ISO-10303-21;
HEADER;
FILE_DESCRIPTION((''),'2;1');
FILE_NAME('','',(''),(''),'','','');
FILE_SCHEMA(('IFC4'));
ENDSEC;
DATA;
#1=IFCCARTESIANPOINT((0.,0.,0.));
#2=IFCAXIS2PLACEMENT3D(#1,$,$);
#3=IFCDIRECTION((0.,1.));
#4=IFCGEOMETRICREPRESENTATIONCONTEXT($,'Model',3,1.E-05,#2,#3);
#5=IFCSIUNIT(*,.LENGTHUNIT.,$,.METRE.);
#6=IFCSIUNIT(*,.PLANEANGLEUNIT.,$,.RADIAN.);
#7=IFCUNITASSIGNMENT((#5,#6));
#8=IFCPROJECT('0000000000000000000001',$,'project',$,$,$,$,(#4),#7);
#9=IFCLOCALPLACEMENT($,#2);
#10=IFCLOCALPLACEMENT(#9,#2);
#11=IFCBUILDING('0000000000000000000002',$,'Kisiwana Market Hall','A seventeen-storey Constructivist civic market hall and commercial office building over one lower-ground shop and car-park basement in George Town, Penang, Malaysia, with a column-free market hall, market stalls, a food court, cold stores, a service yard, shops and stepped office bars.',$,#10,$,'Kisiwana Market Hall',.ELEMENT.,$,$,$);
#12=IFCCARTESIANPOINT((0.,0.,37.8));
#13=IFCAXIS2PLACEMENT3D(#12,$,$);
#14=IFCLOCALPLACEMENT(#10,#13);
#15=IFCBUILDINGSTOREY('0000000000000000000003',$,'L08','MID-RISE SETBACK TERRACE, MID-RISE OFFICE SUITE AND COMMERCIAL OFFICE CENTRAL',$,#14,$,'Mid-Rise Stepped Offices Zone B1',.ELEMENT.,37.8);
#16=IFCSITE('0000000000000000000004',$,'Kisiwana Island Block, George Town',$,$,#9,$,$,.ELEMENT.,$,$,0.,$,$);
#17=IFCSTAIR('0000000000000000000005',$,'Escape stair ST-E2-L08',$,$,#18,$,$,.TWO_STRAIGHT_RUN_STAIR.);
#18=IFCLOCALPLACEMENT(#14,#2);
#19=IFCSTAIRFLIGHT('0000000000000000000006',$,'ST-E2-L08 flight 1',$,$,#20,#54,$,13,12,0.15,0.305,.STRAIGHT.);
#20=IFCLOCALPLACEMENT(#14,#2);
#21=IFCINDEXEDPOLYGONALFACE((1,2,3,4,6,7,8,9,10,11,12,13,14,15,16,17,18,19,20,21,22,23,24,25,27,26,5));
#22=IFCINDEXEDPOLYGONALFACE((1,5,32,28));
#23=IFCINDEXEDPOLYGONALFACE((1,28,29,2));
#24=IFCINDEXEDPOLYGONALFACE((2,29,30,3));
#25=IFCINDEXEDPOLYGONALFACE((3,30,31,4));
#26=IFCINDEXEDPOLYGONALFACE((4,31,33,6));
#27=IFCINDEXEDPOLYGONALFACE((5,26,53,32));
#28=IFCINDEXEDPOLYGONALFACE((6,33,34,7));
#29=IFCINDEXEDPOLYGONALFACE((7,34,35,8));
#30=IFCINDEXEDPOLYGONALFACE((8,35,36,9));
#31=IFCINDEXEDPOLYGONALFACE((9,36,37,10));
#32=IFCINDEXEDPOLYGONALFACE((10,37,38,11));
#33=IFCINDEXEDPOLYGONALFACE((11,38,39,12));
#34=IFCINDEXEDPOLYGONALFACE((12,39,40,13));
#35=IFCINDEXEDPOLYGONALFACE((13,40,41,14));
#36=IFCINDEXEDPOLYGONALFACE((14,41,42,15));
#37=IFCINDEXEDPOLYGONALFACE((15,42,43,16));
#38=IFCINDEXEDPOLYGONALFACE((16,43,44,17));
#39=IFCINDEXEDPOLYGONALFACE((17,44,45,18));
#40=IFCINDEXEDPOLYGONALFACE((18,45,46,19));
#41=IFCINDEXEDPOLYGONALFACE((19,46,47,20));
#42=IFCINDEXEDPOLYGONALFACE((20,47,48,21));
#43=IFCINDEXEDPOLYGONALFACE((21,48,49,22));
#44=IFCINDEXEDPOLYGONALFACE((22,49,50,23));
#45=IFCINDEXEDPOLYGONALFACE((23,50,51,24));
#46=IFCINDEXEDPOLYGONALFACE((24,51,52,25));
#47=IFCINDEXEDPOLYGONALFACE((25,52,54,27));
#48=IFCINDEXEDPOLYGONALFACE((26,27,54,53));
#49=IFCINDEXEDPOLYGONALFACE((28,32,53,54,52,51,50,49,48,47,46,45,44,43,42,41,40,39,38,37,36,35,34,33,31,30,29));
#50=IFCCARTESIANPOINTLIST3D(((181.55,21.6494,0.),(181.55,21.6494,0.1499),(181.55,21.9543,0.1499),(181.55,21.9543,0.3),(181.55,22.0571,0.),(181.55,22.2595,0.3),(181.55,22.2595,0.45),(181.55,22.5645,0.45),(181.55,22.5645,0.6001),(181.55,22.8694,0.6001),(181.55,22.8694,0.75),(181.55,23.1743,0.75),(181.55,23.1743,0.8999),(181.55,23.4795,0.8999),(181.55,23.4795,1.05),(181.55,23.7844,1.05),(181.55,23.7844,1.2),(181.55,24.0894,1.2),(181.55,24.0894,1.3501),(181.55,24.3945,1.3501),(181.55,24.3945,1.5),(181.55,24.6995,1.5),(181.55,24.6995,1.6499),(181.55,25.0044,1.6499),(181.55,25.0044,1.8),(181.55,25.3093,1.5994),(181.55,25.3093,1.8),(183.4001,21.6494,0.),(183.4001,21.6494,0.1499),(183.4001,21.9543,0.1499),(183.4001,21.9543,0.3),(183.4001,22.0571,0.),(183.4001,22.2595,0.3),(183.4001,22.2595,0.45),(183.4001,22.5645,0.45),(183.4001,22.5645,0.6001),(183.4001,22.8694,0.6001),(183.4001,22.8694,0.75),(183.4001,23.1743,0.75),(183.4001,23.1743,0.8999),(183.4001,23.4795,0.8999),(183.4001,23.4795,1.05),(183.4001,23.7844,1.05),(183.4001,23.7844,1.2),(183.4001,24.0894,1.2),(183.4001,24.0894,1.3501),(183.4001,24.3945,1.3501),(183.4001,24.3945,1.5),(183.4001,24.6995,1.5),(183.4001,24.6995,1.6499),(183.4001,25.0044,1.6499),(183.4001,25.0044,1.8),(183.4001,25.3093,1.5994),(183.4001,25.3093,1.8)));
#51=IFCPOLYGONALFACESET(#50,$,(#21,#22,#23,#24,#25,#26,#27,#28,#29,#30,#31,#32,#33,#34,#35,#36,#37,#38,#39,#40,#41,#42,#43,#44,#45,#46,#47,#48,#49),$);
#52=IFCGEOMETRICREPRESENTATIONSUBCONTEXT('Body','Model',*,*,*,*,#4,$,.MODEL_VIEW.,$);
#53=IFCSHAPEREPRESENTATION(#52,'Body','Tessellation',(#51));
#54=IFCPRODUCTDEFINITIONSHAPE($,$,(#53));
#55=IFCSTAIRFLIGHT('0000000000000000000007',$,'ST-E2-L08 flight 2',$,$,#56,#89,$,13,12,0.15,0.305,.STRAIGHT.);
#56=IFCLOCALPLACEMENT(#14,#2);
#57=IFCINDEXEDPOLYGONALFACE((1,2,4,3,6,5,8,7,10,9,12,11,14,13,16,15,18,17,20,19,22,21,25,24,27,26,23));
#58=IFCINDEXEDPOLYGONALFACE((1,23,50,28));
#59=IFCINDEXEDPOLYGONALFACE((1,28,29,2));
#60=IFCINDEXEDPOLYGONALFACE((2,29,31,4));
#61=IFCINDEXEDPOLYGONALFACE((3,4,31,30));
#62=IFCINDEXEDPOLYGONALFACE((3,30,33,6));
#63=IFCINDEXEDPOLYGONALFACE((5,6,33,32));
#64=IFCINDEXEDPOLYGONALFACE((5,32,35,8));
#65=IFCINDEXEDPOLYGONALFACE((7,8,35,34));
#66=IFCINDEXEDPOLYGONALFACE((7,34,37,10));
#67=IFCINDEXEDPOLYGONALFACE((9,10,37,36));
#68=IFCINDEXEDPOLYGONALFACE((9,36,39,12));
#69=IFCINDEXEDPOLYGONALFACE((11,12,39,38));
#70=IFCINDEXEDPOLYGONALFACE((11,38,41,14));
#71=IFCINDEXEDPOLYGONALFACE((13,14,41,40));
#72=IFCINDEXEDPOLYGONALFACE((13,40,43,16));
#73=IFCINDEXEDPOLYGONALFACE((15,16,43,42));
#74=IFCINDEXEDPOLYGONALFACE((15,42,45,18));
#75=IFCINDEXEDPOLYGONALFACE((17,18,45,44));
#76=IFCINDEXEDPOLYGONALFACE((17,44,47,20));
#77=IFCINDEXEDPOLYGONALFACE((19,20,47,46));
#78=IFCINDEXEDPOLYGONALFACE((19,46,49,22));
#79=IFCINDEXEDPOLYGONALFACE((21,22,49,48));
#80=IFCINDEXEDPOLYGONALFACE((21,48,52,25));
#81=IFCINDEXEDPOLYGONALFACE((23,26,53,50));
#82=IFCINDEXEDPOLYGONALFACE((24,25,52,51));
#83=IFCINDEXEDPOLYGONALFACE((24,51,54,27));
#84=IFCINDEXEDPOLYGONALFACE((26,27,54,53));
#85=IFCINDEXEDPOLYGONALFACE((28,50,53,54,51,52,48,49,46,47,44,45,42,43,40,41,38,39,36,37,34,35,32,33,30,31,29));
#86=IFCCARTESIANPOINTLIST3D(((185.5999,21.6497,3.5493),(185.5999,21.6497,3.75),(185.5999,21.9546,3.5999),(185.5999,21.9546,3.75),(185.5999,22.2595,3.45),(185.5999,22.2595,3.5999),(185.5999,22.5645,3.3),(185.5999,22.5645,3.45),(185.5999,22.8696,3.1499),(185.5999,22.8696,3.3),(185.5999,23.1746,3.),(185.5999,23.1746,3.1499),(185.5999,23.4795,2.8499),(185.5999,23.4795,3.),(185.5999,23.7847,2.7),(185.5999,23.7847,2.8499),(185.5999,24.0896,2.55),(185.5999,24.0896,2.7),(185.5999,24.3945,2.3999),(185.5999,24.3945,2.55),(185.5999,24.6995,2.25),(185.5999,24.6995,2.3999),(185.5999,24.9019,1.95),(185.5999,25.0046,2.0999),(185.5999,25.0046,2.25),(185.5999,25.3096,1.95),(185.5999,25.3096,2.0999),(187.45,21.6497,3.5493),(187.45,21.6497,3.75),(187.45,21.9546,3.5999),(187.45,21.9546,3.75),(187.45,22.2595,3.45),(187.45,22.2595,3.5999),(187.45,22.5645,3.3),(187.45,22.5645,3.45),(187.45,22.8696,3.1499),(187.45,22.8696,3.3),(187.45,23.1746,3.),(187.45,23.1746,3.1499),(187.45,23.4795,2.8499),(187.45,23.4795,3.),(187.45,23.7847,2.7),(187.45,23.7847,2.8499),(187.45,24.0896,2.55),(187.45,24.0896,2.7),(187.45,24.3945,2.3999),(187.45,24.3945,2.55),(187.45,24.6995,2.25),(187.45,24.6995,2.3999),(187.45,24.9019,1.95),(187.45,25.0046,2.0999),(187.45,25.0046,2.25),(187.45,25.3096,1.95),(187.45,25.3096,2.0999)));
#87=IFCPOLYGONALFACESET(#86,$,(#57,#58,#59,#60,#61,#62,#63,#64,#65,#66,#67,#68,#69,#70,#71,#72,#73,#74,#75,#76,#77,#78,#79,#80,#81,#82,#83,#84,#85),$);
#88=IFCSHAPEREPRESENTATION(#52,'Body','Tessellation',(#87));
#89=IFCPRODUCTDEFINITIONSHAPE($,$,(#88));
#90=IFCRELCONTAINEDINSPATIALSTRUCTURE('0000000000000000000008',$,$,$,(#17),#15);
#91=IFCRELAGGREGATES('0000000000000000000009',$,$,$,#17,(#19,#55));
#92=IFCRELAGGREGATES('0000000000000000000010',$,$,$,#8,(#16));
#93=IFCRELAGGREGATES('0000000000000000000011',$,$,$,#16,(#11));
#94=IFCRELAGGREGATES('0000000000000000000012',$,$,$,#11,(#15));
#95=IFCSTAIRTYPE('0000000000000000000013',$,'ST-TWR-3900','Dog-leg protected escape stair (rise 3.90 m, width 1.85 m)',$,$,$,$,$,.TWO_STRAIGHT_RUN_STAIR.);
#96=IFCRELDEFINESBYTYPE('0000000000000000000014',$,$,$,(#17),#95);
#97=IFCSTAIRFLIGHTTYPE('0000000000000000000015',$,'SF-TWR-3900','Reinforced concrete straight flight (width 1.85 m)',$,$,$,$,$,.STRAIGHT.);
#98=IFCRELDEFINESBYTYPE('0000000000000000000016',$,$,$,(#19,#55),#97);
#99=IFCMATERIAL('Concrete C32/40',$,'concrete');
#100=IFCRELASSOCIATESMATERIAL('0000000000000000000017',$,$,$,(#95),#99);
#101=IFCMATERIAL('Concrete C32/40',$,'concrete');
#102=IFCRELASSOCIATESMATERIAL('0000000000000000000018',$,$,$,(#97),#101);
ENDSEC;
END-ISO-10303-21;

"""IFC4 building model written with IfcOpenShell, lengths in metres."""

from ifc_helpers import new_model, si_unit, direction, frame, origin, place, context, subcontext, project, spatial, polyline, outline, extrude, material, type_object, element, aggregate, save


model = new_model("IFC4")

# Units and contexts
model_context = context("Model", 3, precision=1e-05, world=origin(), true_north=direction((0.0, 1.0)))
body_context = subcontext(model_context, "Body", "Model", "MODEL_VIEW")
ifc_project = project(units=[si_unit("LENGTHUNIT", "METRE"), si_unit("PLANEANGLEUNIT", "RADIAN")], contexts=[model_context])

# Site, building, storey
site_placement = place(None, origin())
site = spatial("IfcSite", under=ifc_project, at=site_placement, Name="Kisiwana Island Block, George Town", CompositionType="ELEMENT", RefElevation=0.0)
building_placement = place(site_placement, origin())
building = spatial("IfcBuilding", under=site, at=building_placement, Name="Kisiwana Market Hall", Description="A seventeen-storey Constructivist civic market hall and commercial office building over one lower-ground shop and car-park basement in George Town, Penang, Malaysia, with a column-free market hall, market stalls, a food court, cold stores, a service yard, shops and stepped office bars.", LongName="Kisiwana Market Hall", CompositionType="ELEMENT")
storey_placement = place(building_placement, frame((0.0, 0.0, 37.8)))
storey = spatial("IfcBuildingStorey", under=building, at=storey_placement, Name="L08", Description="MID-RISE SETBACK TERRACE, MID-RISE OFFICE SUITE AND COMMERCIAL OFFICE CENTRAL", LongName="Mid-Rise Stepped Offices Zone B1", CompositionType="ELEMENT", Elevation=37.8)

# Stair, stair flights
ifc_material_1 = material(Name="Concrete C32/40", Category="concrete")
stair_type = type_object("IfcStairType", Name="ST-TWR-3900", Description="Dog-leg protected escape stair (rise 3.90 m, width 1.85 m)", PredefinedType="TWO_STRAIGHT_RUN_STAIR", material=ifc_material_1)
stair_placement = place(storey_placement, origin())
stair = element("IfcStair", 1, at=stair_placement, inside=storey, type_object=stair_type, Name="Escape stair ST-E2-L08", PredefinedType="TWO_STRAIGHT_RUN_STAIR")
ifc_material_2 = material(Name="Concrete C32/40", Category="concrete")
stair_flight_type = type_object("IfcStairFlightType", Name="SF-TWR-3900", Description="Reinforced concrete straight flight (width 1.85 m)", PredefinedType="STRAIGHT", material=ifc_material_2)
stair_flight_1_placement = place(storey_placement, frame((182.4751, 21.6494, 0.0), z_axis=(0.0, 0.0, 1.0), x_axis=(0.0, 1.0, 0.0)))
stair_flight_1 = element("IfcStairFlight", 2, at=stair_flight_1_placement, type_object=stair_flight_type, Name="ST-E2-L08 flight 1", NumberOfRisers=13, NumberOfTreads=12, PredefinedType="STRAIGHT", RiserHeight=0.15, TreadLength=0.305, context=body_context, shape_type="SweptSolid", body=[
    extrude(outline(polyline([(0.0, 0.0), (0.0, 0.1499), (0.3049, 0.1499), (0.3049, 0.3), (0.6101, 0.3), (0.6101, 0.45), (0.915, 0.45), (0.915, 0.6001), (1.22, 0.6001), (1.22, 0.75), (1.5249, 0.75), (1.5249, 0.8999), (1.8301, 0.8999), (1.8301, 1.05), (2.135, 1.05), (2.135, 1.2), (2.4399, 1.2), (2.4399, 1.3501), (2.7451, 1.3501), (2.7451, 1.5), (3.05, 1.5), (3.05, 1.6499), (3.355, 1.6499), (3.355, 1.8), (3.6599, 1.8), (3.6599, 1.95), (3.6599, 1.5994), (0.4077, 0.0), (0.0, 0.0)])), frame((0.0, 0.925, 0.0), z_axis=(0.0, -1.0, 0.0), x_axis=(1.0, 0.0, 0.0)), (0.0, 0.0, 1.0), 1.8501),
])
stair_flight_2_placement = place(storey_placement, frame((186.5249, 25.3096, 1.95), z_axis=(0.0, 0.0, 1.0), x_axis=(0.0, -1.0, 0.0)))
stair_flight_2 = element("IfcStairFlight", 3, at=stair_flight_2_placement, type_object=stair_flight_type, Name="ST-E2-L08 flight 2", NumberOfRisers=13, NumberOfTreads=12, PredefinedType="STRAIGHT", RiserHeight=0.15, TreadLength=0.305, context=body_context, shape_type="SweptSolid", body=[
    extrude(outline(polyline([(0.0, 0.0), (0.0, 0.1499), (0.3049, 0.1499), (0.3049, 0.3), (0.6101, 0.3), (0.6101, 0.45), (0.915, 0.45), (0.915, 0.6001), (1.22, 0.6001), (1.22, 0.75), (1.5249, 0.75), (1.5249, 0.8999), (1.8301, 0.8999), (1.8301, 1.05), (2.135, 1.05), (2.135, 1.2), (2.4399, 1.2), (2.4399, 1.3501), (2.7451, 1.3501), (2.7451, 1.5), (3.05, 1.5), (3.05, 1.6499), (3.355, 1.6499), (3.355, 1.8), (3.6599, 1.8), (3.6599, 1.95), (3.6599, 1.5994), (0.4077, 0.0), (0.0, 0.0)])), frame((0.0, 0.925, 0.0), z_axis=(0.0, -1.0, 0.0), x_axis=(1.0, 0.0, 0.0)), (0.0, 0.0, 1.0), 1.8501),
])
aggregate(stair, [stair_flight_1, stair_flight_2])

save(model, "model.ifc")
